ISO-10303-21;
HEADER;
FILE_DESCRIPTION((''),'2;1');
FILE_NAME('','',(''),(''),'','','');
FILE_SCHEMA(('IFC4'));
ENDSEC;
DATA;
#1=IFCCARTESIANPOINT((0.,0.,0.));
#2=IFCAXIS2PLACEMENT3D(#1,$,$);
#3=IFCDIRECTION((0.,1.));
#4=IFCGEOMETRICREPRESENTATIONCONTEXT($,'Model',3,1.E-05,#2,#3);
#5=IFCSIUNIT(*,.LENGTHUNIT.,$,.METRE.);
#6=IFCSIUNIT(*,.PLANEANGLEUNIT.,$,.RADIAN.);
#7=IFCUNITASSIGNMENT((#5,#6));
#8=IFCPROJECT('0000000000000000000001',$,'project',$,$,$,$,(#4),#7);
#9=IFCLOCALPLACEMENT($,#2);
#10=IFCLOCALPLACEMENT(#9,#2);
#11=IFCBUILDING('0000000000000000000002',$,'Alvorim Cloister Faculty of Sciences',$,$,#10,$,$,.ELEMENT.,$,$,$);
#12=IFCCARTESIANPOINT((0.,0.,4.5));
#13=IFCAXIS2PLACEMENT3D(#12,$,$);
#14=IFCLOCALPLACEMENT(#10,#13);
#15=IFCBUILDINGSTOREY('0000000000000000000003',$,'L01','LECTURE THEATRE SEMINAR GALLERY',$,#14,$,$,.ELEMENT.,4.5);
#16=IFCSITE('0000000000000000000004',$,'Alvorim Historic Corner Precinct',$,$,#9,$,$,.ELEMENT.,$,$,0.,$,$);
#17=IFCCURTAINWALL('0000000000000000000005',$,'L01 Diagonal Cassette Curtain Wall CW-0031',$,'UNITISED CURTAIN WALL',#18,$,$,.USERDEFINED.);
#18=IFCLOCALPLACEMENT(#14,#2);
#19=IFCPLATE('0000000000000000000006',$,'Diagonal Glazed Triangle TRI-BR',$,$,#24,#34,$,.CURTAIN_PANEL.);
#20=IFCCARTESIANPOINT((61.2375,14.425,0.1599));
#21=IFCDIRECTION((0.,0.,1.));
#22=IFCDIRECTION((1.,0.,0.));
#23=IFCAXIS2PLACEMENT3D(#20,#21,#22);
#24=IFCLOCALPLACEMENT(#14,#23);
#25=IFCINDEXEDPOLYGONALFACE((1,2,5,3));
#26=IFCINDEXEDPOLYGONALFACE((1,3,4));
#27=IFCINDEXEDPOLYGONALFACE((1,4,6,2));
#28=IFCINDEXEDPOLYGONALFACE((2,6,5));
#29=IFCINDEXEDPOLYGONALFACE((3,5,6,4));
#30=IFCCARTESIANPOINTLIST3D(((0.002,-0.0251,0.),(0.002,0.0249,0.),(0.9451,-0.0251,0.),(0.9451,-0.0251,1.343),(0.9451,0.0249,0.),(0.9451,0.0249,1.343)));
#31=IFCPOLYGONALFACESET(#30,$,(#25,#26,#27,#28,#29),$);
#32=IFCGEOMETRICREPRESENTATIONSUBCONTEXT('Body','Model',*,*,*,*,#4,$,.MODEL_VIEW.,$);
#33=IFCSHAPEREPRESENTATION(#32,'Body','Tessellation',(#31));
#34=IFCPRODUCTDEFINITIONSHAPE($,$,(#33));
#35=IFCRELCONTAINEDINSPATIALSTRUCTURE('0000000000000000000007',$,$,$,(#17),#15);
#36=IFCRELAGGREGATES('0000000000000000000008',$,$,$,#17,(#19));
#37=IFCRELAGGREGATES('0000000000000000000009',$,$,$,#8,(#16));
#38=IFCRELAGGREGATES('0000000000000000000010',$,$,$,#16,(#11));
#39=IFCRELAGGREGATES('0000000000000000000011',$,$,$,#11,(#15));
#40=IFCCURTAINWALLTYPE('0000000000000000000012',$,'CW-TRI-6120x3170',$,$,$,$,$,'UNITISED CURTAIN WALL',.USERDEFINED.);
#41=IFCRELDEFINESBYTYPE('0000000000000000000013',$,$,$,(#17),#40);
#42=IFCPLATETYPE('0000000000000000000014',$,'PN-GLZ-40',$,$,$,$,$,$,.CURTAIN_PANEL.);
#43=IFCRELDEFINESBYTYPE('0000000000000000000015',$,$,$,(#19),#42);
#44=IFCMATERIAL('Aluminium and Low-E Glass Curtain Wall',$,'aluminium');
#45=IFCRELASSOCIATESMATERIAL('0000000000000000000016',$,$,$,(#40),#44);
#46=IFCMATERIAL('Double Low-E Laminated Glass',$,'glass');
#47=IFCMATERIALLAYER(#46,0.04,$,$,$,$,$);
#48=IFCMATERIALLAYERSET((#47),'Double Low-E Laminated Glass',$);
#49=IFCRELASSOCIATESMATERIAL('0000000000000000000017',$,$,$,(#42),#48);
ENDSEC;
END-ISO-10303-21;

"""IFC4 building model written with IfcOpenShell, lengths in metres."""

from ifc_helpers import new_model, si_unit, direction, frame, origin, place, context, subcontext, project, spatial, polyline, outline, extrude, material, layer, layer_set, type_object, element, aggregate, save


model = new_model("IFC4")

# Units and contexts
model_context = context("Model", 3, precision=1e-05, world=origin(), true_north=direction((0.0, 1.0)))
body_context = subcontext(model_context, "Body", "Model", "MODEL_VIEW")
ifc_project = project(units=[si_unit("LENGTHUNIT", "METRE"), si_unit("PLANEANGLEUNIT", "RADIAN")], contexts=[model_context])

# Site, building, storey
site_placement = place(None, origin())
site = spatial("IfcSite", under=ifc_project, at=site_placement, Name="Alvorim Historic Corner Precinct", CompositionType="ELEMENT", RefElevation=0.0)
building_placement = place(site_placement, origin())
building = spatial("IfcBuilding", under=site, at=building_placement, Name="Alvorim Cloister Faculty of Sciences", CompositionType="ELEMENT")
storey_placement = place(building_placement, frame((0.0, 0.0, 4.5)))
storey = spatial("IfcBuildingStorey", under=building, at=storey_placement, Name="L01", Description="LECTURE THEATRE SEMINAR GALLERY", CompositionType="ELEMENT", Elevation=4.5)

# Curtain wall, plate
ifc_material_1 = material(Name="Aluminium and Low-E Glass Curtain Wall", Category="aluminium")
curtain_wall_type = type_object("IfcCurtainWallType", Name="CW-TRI-6120x3170", ElementType="UNITISED CURTAIN WALL", PredefinedType="USERDEFINED", material=ifc_material_1)
ifc_material_2 = material(Name="Double Low-E Laminated Glass", Category="glass")
ifc_layer_1 = layer(ifc_material_2, 0.04)
ifc_layer_set_1 = layer_set([ifc_layer_1], Name="Double Low-E Laminated Glass")
plate_type = type_object("IfcPlateType", Name="PN-GLZ-40", PredefinedType="CURTAIN_PANEL", material=ifc_layer_set_1)
curtain_wall_1_placement = place(storey_placement, origin())
curtain_wall_1 = element("IfcCurtainWall", 1, at=curtain_wall_1_placement, inside=storey, type_object=curtain_wall_type, Name="L01 Diagonal Cassette Curtain Wall CW-0031", ObjectType="UNITISED CURTAIN WALL", PredefinedType="USERDEFINED")
plate_1_placement = place(storey_placement, frame((61.2375, 14.425, 0.1599), z_axis=(0.0, 0.0, 1.0), x_axis=(1.0, 0.0, 0.0)))
plate_1 = element("IfcPlate", 2, at=plate_1_placement, type_object=plate_type, Name="Diagonal Glazed Triangle TRI-BR", PredefinedType="CURTAIN_PANEL", context=body_context, shape_type="SweptSolid", body=[
    extrude(outline(polyline([(0.002, 0.0), (0.9451, 0.0), (0.9451, 1.343), (0.002, 0.0)])), frame((0.0, 0.0249, 0.0), z_axis=(0.0, -1.0, 0.0), x_axis=(1.0, 0.0, 0.0)), (0.0, 0.0, 1.0), 0.05),
])
aggregate(curtain_wall_1, [plate_1])

save(model, "model.ifc")
